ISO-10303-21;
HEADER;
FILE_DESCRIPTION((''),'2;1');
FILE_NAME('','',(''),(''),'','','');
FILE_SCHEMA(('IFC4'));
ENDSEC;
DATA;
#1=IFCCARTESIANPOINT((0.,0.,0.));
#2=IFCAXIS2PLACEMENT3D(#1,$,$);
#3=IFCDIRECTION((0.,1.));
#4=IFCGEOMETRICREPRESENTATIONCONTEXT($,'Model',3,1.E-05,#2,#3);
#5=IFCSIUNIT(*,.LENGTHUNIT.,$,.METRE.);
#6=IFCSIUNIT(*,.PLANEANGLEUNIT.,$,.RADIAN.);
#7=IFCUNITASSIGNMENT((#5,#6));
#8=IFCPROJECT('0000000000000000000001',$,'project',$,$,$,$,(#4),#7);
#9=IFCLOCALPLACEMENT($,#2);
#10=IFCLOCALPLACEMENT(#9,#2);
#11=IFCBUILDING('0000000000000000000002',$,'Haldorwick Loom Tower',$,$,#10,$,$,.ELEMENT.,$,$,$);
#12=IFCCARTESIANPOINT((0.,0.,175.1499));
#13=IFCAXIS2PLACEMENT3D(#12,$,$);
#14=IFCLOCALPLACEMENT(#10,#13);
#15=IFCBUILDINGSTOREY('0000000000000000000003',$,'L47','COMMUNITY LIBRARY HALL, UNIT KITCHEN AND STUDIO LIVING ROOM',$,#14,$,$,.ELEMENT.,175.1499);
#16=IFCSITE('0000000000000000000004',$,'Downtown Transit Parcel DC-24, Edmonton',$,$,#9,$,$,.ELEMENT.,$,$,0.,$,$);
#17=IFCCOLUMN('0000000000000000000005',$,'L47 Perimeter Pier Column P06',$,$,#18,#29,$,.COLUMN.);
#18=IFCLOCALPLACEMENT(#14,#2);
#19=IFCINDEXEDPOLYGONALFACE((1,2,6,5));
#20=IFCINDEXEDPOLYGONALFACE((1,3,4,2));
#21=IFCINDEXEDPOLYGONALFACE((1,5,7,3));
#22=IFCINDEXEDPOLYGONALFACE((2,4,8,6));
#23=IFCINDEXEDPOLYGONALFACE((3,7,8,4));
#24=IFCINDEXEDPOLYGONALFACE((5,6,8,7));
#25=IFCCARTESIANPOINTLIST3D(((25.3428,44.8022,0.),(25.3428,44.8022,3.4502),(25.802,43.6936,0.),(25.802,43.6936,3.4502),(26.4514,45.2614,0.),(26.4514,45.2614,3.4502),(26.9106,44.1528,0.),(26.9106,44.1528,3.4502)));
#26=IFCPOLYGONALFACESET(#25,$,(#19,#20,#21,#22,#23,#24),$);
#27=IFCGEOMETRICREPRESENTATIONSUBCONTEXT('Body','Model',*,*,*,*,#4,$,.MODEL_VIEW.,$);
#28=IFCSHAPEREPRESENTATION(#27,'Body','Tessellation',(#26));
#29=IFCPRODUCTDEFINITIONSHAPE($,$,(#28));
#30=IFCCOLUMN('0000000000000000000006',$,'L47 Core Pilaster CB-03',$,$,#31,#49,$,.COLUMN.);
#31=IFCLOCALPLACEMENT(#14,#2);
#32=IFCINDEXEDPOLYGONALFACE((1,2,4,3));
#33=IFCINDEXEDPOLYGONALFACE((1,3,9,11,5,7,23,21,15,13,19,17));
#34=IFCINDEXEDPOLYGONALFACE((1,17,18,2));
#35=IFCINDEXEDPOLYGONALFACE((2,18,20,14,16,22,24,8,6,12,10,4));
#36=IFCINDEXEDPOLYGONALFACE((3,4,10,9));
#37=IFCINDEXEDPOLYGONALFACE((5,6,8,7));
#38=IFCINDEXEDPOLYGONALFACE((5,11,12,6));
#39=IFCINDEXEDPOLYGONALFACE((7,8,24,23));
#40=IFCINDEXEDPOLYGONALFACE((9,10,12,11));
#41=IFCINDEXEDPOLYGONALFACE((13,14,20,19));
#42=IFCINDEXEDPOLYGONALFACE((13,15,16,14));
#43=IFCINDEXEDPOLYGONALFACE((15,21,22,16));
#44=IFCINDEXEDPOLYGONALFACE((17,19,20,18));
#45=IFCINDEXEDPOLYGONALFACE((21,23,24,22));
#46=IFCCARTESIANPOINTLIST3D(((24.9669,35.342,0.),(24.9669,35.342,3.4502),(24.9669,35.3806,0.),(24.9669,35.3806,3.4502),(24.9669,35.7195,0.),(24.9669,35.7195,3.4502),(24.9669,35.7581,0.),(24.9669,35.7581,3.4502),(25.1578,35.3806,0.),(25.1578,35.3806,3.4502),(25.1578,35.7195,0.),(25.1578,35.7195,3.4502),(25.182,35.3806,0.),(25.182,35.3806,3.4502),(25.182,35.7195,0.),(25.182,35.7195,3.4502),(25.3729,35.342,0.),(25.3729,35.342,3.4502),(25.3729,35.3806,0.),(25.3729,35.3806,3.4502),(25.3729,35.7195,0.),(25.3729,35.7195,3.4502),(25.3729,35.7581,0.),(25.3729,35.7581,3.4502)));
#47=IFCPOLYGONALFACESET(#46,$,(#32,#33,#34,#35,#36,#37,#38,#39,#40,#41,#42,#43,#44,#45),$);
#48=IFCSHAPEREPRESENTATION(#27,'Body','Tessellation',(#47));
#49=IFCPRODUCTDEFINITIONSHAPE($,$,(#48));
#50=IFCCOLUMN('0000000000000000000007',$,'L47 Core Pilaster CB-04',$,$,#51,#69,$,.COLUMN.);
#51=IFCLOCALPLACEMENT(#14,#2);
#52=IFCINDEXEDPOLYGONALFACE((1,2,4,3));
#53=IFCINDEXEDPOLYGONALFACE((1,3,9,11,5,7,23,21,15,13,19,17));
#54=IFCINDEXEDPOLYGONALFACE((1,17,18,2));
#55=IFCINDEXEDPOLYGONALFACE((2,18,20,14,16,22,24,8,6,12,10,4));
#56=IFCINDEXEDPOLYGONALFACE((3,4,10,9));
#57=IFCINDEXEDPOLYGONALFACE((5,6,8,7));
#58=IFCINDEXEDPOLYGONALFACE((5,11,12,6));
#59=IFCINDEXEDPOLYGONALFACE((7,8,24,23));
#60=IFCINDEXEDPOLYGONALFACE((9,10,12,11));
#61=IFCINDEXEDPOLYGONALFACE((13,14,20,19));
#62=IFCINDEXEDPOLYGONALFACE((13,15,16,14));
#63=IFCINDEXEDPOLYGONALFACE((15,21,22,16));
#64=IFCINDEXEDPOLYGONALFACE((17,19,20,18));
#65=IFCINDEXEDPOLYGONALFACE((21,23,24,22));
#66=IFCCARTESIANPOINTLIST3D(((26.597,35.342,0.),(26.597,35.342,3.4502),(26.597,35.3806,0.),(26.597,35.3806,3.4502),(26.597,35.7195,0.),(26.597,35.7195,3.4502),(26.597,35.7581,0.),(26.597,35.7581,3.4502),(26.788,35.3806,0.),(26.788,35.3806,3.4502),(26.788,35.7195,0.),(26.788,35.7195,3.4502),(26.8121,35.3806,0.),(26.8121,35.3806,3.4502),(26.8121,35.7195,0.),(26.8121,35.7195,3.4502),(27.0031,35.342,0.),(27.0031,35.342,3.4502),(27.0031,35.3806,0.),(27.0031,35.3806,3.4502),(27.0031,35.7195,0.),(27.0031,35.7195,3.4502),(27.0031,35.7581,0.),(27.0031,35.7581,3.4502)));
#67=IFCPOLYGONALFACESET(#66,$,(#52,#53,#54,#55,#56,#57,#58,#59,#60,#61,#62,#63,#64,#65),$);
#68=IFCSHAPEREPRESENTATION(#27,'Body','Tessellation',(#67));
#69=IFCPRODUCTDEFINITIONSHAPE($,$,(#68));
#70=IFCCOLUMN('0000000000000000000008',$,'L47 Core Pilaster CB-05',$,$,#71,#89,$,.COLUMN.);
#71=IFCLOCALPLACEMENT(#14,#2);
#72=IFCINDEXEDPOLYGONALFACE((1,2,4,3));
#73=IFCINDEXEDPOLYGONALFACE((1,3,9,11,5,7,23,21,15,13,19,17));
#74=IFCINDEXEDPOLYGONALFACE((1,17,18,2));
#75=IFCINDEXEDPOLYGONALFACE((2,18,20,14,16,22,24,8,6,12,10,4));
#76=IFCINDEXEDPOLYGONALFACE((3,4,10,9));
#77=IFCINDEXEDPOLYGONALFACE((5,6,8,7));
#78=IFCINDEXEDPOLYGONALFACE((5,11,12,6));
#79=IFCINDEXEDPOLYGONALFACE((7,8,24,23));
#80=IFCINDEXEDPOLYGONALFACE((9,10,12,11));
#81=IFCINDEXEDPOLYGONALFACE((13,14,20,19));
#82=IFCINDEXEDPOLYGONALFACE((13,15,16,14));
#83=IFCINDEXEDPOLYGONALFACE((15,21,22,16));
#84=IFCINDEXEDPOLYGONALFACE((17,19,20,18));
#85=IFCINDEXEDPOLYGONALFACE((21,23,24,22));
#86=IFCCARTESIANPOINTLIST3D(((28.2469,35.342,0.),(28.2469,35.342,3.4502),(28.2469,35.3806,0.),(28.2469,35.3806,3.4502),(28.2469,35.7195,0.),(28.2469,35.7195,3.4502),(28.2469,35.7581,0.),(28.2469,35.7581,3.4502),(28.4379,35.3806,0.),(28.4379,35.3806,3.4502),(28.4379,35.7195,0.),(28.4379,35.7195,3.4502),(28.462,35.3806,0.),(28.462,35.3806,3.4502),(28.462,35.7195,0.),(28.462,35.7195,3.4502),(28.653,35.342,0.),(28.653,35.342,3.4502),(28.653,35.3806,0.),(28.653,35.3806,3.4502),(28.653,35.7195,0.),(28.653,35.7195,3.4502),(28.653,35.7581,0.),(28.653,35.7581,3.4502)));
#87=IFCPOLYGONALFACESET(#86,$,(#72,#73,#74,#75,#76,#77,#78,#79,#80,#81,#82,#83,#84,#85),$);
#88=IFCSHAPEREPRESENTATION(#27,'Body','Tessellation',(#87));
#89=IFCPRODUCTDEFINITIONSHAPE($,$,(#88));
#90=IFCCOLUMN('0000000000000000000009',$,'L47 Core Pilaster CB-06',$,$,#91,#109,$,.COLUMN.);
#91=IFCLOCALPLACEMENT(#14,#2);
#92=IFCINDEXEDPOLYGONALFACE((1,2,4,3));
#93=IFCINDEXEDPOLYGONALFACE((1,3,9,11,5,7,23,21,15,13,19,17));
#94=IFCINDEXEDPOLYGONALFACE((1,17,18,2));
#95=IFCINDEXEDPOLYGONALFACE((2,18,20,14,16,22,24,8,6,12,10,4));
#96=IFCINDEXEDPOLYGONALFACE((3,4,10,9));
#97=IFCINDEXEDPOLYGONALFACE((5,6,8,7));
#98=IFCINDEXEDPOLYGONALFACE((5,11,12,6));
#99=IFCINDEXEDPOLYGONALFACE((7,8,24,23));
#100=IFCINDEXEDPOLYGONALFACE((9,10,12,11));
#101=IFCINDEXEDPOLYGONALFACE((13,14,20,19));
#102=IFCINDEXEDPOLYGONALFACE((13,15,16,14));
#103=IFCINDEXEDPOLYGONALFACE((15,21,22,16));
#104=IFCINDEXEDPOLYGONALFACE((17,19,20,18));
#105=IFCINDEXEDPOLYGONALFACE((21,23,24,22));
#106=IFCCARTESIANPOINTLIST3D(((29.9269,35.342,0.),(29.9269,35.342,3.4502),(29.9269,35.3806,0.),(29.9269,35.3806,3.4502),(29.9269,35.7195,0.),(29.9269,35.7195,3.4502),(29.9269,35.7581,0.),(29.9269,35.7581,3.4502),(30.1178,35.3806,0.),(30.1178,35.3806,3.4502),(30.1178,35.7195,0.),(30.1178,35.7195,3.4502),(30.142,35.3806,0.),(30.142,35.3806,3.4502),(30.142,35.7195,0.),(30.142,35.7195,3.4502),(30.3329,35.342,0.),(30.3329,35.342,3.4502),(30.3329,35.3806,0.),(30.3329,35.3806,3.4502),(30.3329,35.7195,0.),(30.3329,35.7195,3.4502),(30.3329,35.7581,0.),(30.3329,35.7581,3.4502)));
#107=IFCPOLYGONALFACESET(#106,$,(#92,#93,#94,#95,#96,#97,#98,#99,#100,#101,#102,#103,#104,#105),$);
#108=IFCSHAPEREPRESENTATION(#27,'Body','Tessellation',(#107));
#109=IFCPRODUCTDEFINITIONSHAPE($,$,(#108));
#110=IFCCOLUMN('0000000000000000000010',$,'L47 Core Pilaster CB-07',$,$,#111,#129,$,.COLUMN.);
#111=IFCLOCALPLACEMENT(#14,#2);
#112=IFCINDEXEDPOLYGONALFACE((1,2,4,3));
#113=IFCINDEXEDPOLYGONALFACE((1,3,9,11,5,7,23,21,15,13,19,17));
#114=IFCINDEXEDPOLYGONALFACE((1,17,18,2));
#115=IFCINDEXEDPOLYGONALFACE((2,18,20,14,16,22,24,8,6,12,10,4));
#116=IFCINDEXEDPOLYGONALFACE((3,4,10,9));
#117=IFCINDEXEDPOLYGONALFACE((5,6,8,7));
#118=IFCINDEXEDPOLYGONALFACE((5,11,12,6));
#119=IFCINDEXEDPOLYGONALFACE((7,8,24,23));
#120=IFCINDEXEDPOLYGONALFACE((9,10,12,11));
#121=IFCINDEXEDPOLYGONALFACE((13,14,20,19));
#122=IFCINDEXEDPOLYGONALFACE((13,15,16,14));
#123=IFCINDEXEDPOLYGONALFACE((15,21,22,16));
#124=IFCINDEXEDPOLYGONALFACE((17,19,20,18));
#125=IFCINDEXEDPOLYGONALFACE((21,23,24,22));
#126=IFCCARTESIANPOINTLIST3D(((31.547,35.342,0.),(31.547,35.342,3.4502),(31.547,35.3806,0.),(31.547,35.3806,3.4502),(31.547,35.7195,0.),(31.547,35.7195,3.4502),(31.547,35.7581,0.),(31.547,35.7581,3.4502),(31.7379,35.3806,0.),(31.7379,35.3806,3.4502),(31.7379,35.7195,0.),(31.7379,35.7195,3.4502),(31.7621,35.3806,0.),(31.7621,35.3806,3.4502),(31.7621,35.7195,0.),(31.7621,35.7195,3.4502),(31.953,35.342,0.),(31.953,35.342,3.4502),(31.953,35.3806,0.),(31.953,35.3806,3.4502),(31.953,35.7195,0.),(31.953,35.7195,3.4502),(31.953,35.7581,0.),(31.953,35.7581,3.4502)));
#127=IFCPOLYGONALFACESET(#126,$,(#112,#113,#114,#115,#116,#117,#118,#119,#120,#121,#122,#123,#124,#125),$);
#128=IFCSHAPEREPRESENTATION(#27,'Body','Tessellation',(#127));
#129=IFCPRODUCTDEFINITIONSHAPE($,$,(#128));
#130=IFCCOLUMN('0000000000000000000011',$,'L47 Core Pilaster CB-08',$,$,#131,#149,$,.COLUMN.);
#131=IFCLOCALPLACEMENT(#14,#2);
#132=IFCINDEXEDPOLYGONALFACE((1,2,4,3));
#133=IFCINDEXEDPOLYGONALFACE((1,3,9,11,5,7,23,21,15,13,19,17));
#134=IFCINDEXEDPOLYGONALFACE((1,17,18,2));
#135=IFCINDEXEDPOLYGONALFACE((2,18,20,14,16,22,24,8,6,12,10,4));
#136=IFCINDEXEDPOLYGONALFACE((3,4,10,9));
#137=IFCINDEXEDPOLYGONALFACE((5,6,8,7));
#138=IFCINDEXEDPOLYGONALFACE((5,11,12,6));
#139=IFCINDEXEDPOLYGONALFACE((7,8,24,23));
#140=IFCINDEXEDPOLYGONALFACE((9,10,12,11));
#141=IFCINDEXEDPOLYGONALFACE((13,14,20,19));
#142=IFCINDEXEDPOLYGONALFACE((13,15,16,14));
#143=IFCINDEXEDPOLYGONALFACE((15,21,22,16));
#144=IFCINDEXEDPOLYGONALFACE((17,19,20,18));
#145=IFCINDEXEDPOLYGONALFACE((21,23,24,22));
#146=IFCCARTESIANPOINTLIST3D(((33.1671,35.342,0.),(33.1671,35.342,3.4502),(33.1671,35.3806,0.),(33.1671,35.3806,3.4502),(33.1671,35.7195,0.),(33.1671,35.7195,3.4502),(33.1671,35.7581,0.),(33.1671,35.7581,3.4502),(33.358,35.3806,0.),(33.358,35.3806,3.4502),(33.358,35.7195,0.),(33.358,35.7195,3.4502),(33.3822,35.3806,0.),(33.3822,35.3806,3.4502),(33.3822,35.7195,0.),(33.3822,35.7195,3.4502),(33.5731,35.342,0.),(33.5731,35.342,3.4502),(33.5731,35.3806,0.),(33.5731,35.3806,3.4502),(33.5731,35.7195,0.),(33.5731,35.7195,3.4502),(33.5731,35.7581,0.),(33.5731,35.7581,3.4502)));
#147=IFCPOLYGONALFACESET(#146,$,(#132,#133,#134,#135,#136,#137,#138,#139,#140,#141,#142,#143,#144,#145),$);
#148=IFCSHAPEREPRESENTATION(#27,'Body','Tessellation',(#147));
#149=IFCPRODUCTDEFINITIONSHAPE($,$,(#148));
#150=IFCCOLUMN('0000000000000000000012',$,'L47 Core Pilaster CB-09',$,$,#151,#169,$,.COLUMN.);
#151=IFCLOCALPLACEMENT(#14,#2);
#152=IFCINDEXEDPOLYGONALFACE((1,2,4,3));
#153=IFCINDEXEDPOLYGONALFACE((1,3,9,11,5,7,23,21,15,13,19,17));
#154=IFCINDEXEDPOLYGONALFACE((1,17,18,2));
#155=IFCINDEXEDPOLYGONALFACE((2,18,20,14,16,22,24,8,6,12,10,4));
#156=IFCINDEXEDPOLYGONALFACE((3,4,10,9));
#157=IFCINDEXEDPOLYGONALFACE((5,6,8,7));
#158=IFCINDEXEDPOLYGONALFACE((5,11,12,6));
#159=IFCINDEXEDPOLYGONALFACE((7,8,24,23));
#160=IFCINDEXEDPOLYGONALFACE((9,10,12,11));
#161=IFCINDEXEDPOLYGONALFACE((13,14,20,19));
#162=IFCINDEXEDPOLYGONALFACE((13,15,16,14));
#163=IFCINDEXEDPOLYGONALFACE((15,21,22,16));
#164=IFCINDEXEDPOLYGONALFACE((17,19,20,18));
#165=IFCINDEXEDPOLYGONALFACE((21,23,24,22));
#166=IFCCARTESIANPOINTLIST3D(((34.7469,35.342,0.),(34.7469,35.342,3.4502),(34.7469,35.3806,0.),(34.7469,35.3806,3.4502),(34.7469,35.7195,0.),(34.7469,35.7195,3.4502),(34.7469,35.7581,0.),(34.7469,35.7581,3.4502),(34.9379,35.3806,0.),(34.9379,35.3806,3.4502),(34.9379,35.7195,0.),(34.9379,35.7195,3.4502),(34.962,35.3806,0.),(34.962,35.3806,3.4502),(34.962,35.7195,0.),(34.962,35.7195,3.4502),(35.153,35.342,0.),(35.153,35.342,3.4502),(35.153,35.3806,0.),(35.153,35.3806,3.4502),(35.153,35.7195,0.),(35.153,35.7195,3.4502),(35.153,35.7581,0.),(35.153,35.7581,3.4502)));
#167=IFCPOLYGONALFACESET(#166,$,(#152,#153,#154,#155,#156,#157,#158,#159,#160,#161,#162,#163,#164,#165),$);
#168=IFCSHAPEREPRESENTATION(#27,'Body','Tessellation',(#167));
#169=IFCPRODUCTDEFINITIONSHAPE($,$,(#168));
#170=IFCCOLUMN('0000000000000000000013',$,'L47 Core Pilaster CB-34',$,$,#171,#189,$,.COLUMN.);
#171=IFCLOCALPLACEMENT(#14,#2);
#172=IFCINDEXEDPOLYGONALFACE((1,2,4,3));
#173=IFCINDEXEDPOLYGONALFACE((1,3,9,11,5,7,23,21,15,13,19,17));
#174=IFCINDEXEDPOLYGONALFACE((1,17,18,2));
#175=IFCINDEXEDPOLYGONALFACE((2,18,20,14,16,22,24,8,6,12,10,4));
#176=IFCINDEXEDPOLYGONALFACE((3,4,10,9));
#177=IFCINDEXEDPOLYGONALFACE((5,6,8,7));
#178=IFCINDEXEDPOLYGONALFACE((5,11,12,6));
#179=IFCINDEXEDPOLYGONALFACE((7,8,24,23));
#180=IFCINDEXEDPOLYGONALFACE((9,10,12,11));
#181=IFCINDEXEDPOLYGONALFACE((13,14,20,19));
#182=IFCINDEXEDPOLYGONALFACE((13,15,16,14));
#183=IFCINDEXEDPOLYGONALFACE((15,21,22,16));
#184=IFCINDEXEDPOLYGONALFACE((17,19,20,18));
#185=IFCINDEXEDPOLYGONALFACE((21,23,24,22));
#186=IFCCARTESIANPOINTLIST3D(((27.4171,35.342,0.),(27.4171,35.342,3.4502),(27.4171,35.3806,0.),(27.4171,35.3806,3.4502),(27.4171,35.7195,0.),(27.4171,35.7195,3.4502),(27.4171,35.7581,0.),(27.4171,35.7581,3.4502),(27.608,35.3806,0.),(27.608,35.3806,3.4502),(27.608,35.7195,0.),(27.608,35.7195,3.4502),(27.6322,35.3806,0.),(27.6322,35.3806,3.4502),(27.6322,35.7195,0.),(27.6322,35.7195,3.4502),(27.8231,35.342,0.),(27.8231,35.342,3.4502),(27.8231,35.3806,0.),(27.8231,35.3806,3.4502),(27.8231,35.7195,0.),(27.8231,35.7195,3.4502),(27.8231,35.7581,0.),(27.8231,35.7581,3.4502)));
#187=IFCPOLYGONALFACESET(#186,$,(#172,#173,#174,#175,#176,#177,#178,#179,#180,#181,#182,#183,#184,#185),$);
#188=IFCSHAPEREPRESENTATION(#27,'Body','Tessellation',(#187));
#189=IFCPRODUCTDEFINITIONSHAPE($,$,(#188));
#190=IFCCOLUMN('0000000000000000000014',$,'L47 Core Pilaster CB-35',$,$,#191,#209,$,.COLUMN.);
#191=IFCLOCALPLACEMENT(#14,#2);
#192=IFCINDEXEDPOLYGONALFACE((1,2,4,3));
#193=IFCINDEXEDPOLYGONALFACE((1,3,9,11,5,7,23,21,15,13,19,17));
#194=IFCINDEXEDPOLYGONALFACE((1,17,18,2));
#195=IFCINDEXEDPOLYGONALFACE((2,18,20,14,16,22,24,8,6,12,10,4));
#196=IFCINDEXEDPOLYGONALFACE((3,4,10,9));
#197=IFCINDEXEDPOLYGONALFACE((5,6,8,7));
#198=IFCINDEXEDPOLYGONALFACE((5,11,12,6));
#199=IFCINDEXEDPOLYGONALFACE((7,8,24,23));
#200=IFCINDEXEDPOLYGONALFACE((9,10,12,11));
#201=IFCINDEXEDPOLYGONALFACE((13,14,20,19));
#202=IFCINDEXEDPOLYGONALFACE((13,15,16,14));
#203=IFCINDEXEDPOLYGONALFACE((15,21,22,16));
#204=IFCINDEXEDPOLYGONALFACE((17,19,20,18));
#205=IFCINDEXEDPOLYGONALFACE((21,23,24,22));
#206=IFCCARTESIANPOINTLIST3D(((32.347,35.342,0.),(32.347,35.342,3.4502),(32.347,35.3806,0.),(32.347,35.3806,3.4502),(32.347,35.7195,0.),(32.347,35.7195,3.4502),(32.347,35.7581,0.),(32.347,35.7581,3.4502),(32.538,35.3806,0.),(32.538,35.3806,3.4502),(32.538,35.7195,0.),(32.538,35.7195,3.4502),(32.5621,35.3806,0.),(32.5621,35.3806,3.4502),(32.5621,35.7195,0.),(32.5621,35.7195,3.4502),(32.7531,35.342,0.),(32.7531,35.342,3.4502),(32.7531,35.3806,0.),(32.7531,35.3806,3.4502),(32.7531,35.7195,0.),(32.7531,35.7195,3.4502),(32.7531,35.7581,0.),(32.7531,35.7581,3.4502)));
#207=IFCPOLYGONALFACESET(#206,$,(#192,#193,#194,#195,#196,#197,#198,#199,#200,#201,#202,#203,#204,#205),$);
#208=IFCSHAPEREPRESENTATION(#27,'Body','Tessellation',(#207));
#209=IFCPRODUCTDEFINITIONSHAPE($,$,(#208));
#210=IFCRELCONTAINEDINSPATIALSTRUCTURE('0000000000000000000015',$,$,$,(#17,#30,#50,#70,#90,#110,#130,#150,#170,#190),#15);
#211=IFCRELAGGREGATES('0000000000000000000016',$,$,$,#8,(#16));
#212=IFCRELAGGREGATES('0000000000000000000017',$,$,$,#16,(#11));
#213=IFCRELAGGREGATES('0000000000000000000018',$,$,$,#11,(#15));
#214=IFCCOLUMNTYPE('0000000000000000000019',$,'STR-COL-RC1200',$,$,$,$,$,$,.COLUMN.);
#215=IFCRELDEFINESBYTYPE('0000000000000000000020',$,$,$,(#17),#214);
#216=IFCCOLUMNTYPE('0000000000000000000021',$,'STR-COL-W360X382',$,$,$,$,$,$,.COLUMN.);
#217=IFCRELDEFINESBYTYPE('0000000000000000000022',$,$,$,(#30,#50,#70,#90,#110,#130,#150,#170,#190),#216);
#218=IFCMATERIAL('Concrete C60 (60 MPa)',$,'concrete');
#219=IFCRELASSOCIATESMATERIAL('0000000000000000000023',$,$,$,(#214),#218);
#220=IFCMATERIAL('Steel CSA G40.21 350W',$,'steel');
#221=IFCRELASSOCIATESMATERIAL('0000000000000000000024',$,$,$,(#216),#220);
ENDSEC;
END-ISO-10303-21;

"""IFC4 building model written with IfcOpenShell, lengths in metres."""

from ifc_helpers import new_model, si_unit, direction, frame, origin, origin_2d, place, context, subcontext, project, spatial, rectangle, i_section, extrude, material, material_profile, profile_set, type_object, element, save


model = new_model("IFC4")

# Units and contexts
model_context = context("Model", 3, precision=1e-05, world=origin(), true_north=direction((0.0, 1.0)))
body_context = subcontext(model_context, "Body", "Model", "MODEL_VIEW")
ifc_project = project(units=[si_unit("LENGTHUNIT", "METRE"), si_unit("PLANEANGLEUNIT", "RADIAN")], contexts=[model_context])

# Site, building, storey
site_placement = place(None, origin())
site = spatial("IfcSite", under=ifc_project, at=site_placement, Name="Downtown Transit Parcel DC-24, Edmonton", CompositionType="ELEMENT", RefElevation=0.0)
building_placement = place(site_placement, origin())
building = spatial("IfcBuilding", under=site, at=building_placement, Name="Haldorwick Loom Tower", CompositionType="ELEMENT")
storey_placement = place(building_placement, frame((0.0, 0.0, 175.1499)))
storey = spatial("IfcBuildingStorey", under=building, at=storey_placement, Name="L47", Description="COMMUNITY LIBRARY HALL, UNIT KITCHEN AND STUDIO LIVING ROOM", CompositionType="ELEMENT", Elevation=175.1499)

# Columns
ifc_material_1 = material(Name="Concrete C60 (60 MPa)", Category="concrete")
ifc_material_profile_1 = material_profile(ifc_material_1, rectangle(XDim=1.2, YDim=1.2, at=origin_2d()), Name="RC1200X1200", Category="concrete")
ifc_profile_set_1 = profile_set([ifc_material_profile_1], Name="Concrete C60 (60 MPa)")
column_type_1 = type_object("IfcColumnType", Name="STR-COL-RC1200", PredefinedType="COLUMN", material=ifc_profile_set_1)
column_placement = place(storey_placement, frame((26.1267, 44.4775, 0.0), z_axis=(0.0, 0.0, 1.0), x_axis=(-0.382683, 0.92388, 0.0)))
element("IfcColumn", 1, at=column_placement, inside=storey, type_object=column_type_1, Name="L47 Perimeter Pier Column P06", PredefinedType="COLUMN", context=body_context, shape_type="SweptSolid", body=[
    extrude(rectangle(XDim=1.2, YDim=1.2, at=origin_2d()), origin(), (0.0, 0.0, 1.0), 3.4502),
])
ifc_material_2 = material(Name="Steel CSA G40.21 350W", Category="steel")
ifc_material_profile_2 = material_profile(ifc_material_2, i_section(OverallWidth=0.406, OverallDepth=0.416, WebThickness=0.0242, FlangeThickness=0.0386, at=origin_2d()), Name="W360X382", Category="steel")
ifc_profile_set_2 = profile_set([ifc_material_profile_2], Name="Steel CSA G40.21 350W")
column_type_2 = type_object("IfcColumnType", Name="STR-COL-W360X382", PredefinedType="COLUMN", material=ifc_profile_set_2)
for number, where, z_axis, x_axis, name in (
    (2, (25.1699, 35.55, 0.0), (0.0, 0.0, 1.0), (1.0, 0.0, 0.0), "L47 Core Pilaster CB-03"),
    (3, (26.8, 35.55, 0.0), (0.0, 0.0, 1.0), (1.0, 0.0, 0.0), "L47 Core Pilaster CB-04"),
    (4, (28.45, 35.55, 0.0), (0.0, 0.0, 1.0), (1.0, 0.0, 0.0), "L47 Core Pilaster CB-05"),
    (5, (30.1299, 35.55, 0.0), (0.0, 0.0, 1.0), (1.0, 0.0, 0.0), "L47 Core Pilaster CB-06"),
    (6, (31.75, 35.55, 0.0), (0.0, 0.0, 1.0), (1.0, 0.0, 0.0), "L47 Core Pilaster CB-07"),
    (7, (33.3701, 35.55, 0.0), (0.0, 0.0, 1.0), (1.0, 0.0, 0.0), "L47 Core Pilaster CB-08"),
    (8, (34.95, 35.55, 0.0), (0.0, 0.0, 1.0), (1.0, 0.0, 0.0), "L47 Core Pilaster CB-09"),
    (9, (27.6201, 35.55, 0.0), (0.0, 0.0, 1.0), (1.0, 0.0, 0.0), "L47 Core Pilaster CB-34"),
    (10, (32.55, 35.55, 0.0), (0.0, 0.0, 1.0), (1.0, 0.0, 0.0), "L47 Core Pilaster CB-35"),
):
    element("IfcColumn", number, at=place(storey_placement, frame(where, z_axis=z_axis, x_axis=x_axis)), inside=storey, type_object=column_type_2, Name=name, PredefinedType="COLUMN", context=body_context, shape_type="SweptSolid", body=[
        extrude(i_section(OverallWidth=0.406, OverallDepth=0.416, WebThickness=0.0242, FlangeThickness=0.0386, at=origin_2d()), origin(), (0.0, 0.0, 1.0), 3.4502),
    ])

save(model, "model.ifc")
